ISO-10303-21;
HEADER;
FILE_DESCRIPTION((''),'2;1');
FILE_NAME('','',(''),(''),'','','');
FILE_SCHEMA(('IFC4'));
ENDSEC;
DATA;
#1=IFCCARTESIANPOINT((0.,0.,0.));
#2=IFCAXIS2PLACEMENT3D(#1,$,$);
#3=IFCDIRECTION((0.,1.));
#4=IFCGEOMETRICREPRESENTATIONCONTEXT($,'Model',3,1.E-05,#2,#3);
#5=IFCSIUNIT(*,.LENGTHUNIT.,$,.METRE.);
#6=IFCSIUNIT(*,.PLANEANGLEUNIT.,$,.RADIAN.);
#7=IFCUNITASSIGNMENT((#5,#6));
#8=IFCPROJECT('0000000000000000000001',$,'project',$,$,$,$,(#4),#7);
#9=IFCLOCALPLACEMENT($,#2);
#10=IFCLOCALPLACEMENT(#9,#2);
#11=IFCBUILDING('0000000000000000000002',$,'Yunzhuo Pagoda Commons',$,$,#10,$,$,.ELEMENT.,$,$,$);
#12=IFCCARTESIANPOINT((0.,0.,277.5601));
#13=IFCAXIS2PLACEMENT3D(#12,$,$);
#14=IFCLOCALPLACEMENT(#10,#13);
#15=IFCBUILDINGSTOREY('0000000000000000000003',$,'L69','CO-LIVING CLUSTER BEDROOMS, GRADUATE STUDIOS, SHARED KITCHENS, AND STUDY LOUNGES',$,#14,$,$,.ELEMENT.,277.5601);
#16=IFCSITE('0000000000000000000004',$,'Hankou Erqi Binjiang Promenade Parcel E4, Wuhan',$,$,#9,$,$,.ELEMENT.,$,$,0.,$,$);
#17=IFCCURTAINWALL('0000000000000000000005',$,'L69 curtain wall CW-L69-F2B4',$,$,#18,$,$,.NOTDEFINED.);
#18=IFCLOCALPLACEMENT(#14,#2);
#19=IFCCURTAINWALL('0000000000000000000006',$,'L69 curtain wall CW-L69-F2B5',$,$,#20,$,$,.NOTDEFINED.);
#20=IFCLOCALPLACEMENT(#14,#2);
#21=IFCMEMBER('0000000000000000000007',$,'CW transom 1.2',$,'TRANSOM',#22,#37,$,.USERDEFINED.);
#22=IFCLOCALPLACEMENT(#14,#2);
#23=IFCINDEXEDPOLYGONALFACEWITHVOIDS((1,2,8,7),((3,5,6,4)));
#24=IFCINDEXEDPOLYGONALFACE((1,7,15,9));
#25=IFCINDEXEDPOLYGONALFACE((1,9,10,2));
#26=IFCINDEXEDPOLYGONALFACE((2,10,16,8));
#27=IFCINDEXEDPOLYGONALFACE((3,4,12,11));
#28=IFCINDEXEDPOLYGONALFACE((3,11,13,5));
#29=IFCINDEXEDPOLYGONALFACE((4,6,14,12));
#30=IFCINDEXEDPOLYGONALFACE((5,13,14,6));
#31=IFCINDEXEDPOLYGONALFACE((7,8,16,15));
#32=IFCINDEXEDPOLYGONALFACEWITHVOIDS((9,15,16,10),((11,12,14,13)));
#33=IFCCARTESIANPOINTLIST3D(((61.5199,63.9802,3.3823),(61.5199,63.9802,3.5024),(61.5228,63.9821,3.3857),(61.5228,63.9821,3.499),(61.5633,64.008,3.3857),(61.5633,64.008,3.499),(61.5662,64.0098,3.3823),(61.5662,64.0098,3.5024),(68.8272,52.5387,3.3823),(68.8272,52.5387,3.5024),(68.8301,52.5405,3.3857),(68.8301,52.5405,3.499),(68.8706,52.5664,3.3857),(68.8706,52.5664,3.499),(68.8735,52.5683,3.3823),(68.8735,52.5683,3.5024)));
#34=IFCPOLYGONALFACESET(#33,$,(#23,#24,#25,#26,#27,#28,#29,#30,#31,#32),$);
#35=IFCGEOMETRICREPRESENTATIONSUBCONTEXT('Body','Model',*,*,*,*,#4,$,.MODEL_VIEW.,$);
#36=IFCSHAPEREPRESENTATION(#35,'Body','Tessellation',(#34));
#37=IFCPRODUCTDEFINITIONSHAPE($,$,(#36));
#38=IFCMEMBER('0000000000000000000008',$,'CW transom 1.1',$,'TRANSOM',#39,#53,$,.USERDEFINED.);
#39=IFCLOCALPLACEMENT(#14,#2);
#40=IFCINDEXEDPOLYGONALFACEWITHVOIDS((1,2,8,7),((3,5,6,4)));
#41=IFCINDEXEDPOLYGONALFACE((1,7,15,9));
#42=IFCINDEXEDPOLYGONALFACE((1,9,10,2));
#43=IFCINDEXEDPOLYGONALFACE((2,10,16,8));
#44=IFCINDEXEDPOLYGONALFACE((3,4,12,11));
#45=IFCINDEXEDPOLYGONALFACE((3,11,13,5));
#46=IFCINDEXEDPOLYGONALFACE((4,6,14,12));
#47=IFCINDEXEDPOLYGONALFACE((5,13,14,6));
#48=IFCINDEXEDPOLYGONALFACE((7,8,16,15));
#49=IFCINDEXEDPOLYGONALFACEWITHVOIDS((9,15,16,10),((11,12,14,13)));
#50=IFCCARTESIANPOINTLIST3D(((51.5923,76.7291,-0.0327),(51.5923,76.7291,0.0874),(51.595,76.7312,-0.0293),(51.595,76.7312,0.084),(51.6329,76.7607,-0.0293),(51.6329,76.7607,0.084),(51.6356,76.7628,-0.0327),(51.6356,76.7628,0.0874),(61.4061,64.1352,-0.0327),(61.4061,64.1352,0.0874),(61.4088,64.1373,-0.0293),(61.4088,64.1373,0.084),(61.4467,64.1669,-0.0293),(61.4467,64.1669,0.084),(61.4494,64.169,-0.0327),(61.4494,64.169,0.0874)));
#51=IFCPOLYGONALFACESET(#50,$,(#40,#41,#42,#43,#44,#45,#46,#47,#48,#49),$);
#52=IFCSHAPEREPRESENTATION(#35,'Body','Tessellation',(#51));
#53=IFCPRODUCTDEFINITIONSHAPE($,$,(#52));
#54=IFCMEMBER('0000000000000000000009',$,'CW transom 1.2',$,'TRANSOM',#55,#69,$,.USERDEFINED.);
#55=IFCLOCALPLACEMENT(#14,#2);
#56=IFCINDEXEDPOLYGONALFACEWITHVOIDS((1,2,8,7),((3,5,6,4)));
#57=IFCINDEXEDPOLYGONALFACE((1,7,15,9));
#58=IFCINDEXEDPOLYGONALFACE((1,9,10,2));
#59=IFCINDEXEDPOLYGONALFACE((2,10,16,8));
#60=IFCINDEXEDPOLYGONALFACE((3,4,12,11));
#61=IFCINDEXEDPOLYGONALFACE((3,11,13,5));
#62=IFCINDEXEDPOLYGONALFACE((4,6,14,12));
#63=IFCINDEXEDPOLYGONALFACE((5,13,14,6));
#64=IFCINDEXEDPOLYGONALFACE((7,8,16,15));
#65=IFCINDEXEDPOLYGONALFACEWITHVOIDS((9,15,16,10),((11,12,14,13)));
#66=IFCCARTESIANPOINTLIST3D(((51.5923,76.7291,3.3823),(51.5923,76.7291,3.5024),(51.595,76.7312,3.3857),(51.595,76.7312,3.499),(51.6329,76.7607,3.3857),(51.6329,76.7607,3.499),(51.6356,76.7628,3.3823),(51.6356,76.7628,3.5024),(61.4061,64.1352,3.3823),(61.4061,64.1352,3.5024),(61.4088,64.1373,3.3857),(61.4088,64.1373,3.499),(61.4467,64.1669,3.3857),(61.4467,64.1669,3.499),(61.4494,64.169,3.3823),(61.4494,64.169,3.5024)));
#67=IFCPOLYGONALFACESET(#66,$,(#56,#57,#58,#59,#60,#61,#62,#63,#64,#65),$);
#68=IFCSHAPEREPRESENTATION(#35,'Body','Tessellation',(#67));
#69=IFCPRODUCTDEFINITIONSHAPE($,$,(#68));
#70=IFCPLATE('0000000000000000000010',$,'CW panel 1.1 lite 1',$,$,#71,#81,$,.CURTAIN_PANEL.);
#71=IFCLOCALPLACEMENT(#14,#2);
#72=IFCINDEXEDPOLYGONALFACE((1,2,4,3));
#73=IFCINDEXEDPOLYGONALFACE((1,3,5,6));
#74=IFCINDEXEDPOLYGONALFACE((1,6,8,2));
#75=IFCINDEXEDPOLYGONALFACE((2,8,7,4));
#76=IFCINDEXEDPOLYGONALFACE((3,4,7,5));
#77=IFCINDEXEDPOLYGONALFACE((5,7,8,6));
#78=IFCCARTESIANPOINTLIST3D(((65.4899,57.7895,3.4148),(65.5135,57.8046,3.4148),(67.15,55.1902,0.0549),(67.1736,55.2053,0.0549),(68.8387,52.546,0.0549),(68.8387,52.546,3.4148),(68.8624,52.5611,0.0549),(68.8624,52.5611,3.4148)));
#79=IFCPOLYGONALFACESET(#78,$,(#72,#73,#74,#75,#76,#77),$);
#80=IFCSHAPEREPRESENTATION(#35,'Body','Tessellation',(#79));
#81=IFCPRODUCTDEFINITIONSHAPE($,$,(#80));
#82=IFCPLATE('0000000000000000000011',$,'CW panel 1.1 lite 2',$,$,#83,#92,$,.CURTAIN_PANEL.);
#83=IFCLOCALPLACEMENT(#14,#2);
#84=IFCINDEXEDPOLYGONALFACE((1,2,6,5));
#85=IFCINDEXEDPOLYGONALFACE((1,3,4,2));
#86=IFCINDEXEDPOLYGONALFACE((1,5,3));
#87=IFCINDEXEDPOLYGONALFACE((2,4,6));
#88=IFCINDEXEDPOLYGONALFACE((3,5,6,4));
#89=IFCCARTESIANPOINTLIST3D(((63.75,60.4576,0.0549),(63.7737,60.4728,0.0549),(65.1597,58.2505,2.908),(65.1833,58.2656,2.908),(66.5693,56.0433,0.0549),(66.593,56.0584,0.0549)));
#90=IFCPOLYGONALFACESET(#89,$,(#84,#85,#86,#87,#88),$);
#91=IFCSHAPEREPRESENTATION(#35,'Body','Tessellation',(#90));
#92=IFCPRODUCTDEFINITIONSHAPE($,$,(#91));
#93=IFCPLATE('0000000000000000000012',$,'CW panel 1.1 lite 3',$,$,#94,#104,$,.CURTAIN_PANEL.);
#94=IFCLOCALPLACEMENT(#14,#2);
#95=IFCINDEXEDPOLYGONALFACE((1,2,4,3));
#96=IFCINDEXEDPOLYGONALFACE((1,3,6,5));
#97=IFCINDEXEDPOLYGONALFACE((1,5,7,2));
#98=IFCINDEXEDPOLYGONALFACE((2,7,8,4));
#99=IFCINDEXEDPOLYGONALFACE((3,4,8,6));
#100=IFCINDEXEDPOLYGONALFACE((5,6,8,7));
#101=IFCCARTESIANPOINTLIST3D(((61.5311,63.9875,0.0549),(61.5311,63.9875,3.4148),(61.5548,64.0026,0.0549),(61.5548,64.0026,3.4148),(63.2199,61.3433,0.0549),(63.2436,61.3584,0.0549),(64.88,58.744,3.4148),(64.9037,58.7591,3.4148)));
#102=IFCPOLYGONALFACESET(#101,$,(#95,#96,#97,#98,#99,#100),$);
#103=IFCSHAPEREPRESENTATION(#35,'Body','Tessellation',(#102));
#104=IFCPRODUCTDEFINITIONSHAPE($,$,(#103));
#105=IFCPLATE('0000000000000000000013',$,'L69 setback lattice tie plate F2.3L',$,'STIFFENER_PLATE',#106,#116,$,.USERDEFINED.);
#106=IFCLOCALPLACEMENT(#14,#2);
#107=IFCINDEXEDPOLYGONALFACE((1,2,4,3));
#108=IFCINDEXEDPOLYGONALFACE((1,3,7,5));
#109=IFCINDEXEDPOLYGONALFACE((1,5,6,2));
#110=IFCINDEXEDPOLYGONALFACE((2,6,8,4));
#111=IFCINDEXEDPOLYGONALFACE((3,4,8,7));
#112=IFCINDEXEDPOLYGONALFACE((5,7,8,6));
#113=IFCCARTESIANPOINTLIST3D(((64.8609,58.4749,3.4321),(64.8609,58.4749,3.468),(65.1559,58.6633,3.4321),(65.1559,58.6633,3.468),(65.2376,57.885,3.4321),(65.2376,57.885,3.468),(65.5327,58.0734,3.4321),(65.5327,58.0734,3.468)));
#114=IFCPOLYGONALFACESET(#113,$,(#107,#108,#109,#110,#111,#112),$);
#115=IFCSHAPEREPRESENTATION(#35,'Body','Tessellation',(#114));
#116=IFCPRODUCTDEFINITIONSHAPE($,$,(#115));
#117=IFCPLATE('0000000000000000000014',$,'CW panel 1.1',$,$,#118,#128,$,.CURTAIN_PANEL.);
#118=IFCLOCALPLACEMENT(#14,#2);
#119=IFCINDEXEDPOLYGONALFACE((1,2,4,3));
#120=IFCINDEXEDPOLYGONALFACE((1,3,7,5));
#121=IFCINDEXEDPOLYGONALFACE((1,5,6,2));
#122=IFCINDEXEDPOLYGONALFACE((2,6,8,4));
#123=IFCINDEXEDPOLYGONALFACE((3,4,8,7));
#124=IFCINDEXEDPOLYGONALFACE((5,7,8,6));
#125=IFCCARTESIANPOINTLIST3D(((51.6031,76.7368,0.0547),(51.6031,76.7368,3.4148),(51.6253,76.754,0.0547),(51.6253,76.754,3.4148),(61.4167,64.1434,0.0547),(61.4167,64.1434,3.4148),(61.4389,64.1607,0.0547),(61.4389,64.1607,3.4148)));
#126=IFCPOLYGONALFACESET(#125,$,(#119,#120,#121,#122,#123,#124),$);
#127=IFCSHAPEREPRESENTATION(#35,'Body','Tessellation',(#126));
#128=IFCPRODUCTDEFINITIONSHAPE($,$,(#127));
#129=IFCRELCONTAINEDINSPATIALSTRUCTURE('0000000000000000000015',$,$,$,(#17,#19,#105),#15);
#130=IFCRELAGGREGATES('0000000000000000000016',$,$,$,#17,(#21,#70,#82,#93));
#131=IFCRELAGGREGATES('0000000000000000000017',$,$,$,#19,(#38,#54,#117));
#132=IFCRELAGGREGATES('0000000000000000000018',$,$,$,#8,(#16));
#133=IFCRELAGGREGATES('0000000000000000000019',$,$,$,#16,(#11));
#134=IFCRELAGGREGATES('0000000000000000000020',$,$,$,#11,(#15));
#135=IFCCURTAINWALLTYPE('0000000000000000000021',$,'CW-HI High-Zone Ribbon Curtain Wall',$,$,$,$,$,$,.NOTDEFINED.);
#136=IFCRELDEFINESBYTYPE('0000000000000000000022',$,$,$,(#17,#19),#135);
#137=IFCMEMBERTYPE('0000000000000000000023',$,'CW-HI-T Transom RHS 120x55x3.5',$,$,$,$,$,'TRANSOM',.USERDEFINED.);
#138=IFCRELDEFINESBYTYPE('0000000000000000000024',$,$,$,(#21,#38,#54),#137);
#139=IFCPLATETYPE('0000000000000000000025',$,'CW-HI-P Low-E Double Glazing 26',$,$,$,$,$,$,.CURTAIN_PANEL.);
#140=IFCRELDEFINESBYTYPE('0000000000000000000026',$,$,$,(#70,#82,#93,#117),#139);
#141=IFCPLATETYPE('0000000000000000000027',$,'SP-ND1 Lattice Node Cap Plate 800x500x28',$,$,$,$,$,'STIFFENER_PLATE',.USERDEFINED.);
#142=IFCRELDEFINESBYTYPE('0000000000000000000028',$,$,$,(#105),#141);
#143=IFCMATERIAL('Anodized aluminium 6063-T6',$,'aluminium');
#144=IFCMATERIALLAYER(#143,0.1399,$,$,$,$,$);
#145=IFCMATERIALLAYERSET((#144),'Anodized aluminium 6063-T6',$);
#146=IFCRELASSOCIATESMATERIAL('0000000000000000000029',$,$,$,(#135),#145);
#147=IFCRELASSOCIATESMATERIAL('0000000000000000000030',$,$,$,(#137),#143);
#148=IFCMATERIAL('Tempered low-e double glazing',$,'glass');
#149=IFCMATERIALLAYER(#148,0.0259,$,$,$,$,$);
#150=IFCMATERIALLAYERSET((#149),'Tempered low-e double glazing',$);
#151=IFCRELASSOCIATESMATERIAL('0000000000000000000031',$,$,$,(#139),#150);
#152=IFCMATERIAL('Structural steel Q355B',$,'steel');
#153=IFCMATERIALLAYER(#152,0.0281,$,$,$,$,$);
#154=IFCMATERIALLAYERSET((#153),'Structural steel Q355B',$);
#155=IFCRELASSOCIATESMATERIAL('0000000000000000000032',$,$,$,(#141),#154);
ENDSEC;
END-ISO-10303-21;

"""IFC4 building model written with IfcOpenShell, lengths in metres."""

from ifc_helpers import new_model, si_unit, direction, frame, origin, origin_2d, place, context, subcontext, project, spatial, polyline, rectangle, hollow_rectangle, outline, extrude, source, transform, mapped, material, layer, layer_set, material_profile, profile_set, type_object, element, aggregate, save


model = new_model("IFC4")

# Units and contexts
model_context = context("Model", 3, precision=1e-05, world=origin(), true_north=direction((0.0, 1.0)))
body_context = subcontext(model_context, "Body", "Model", "MODEL_VIEW")
ifc_project = project(units=[si_unit("LENGTHUNIT", "METRE"), si_unit("PLANEANGLEUNIT", "RADIAN")], contexts=[model_context])

# Site, building, storey
site_placement = place(None, origin())
site = spatial("IfcSite", under=ifc_project, at=site_placement, Name="Hankou Erqi Binjiang Promenade Parcel E4, Wuhan", CompositionType="ELEMENT", RefElevation=0.0)
building_placement = place(site_placement, origin())
building = spatial("IfcBuilding", under=site, at=building_placement, Name="Yunzhuo Pagoda Commons", CompositionType="ELEMENT")
storey_placement = place(building_placement, frame((0.0, 0.0, 277.5601)))
storey = spatial("IfcBuildingStorey", under=building, at=storey_placement, Name="L69", Description="CO-LIVING CLUSTER BEDROOMS, GRADUATE STUDIOS, SHARED KITCHENS, AND STUDY LOUNGES", CompositionType="ELEMENT", Elevation=277.5601)

# Shared definitions
ifc_material_1 = material(Name="Structural steel Q355B", Category="steel")

# Curtain wall
ifc_material_2 = material(Name="Anodized aluminium 6063-T6", Category="aluminium")
ifc_layer_1 = layer(ifc_material_2, 0.1399)
ifc_layer_set_1 = layer_set([ifc_layer_1], Name="Anodized aluminium 6063-T6")
curtain_wall_type = type_object("IfcCurtainWallType", Name="CW-HI High-Zone Ribbon Curtain Wall", PredefinedType="NOTDEFINED", material=ifc_layer_set_1)
curtain_wall_1_placement = place(storey_placement, origin())
curtain_wall_1 = element("IfcCurtainWall", 1, at=curtain_wall_1_placement, inside=storey, type_object=curtain_wall_type, Name="L69 curtain wall CW-L69-F2B4", PredefinedType="NOTDEFINED")

# Curtain wall
curtain_wall_2_placement = place(storey_placement, origin())
curtain_wall_2 = element("IfcCurtainWall", 2, at=curtain_wall_2_placement, inside=storey, type_object=curtain_wall_type, Name="L69 curtain wall CW-L69-F2B5", PredefinedType="NOTDEFINED")

# Members
ifc_material_profile_1 = material_profile(ifc_material_2, hollow_rectangle(XDim=0.0549, YDim=0.1201, WallThickness=0.0034, at=origin_2d()), Name="Anodized aluminium 6063-T6")
ifc_profile_set_1 = profile_set([ifc_material_profile_1], Name="Anodized aluminium 6063-T6")
member_type_1 = type_object("IfcMemberType", Name="CW-HI-T Transom RHS 120x55x3.5", ElementType="TRANSOM", PredefinedType="USERDEFINED", material=ifc_profile_set_1)
shared_shape_1 = source(origin(), body_context, "Body", "SweptSolid", [
    extrude(hollow_rectangle(XDim=0.0549, YDim=0.1201, WallThickness=0.0034, at=origin_2d()), origin(), (0.0, 0.0, 1.0), 13.5759),
])
member_1_placement = place(storey_placement, frame((68.8503, 52.5535, 3.4424), z_axis=(-0.538255, 0.842782, 0.0), x_axis=(-0.842782, -0.538255, 0.0)))
member_1 = element("IfcMember", 3, at=member_1_placement, type_object=member_type_1, Name="CW transom 1.2", ObjectType="TRANSOM", PredefinedType="USERDEFINED", context=body_context, shape_type="MappedRepresentation", body=[
    mapped(shared_shape_1, transform((0.0, 0.0, 0.0), scale=1.0)),
])
shared_shape_2 = source(origin(), body_context, "Body", "SweptSolid", [
    extrude(hollow_rectangle(XDim=0.0549, YDim=0.1201, WallThickness=0.0034, at=origin_2d()), origin(), (0.0, 0.0, 1.0), 15.9661),
])
member_2_placement = place(storey_placement, frame((61.4277, 64.1521, 0.0273), z_axis=(-0.614666, 0.788788, 0.0), x_axis=(-0.788788, -0.614666, 0.0)))
member_2 = element("IfcMember", 4, at=member_2_placement, type_object=member_type_1, Name="CW transom 1.1", ObjectType="TRANSOM", PredefinedType="USERDEFINED", context=body_context, shape_type="MappedRepresentation", body=[
    mapped(shared_shape_2, transform((0.0, 0.0, 0.0), scale=1.0)),
])
member_3_placement = place(storey_placement, frame((61.4277, 64.1521, 3.4424), z_axis=(-0.614666, 0.788788, 0.0), x_axis=(-0.788788, -0.614666, 0.0)))
member_3 = element("IfcMember", 5, at=member_3_placement, type_object=member_type_1, Name="CW transom 1.2", ObjectType="TRANSOM", PredefinedType="USERDEFINED", context=body_context, shape_type="MappedRepresentation", body=[
    mapped(shared_shape_2, transform((0.0, 0.0, 0.0), scale=1.0)),
])

# Plates
ifc_material_3 = material(Name="Tempered low-e double glazing", Category="glass")
ifc_layer_2 = layer(ifc_material_3, 0.0259)
ifc_layer_set_2 = layer_set([ifc_layer_2], Name="Tempered low-e double glazing")
plate_type_1 = type_object("IfcPlateType", Name="CW-HI-P Low-E Double Glazing 26", PredefinedType="CURTAIN_PANEL", material=ifc_layer_set_2)
plate_1_placement = place(storey_placement, frame((67.1643, 55.1677, 1.7349), z_axis=(0.842779, 0.53826, 0.0), x_axis=(-0.53826, 0.842779, 0.0)))
plate_1 = element("IfcPlate", 6, at=plate_1_placement, type_object=plate_type_1, Name="CW panel 1.1 lite 1", PredefinedType="CURTAIN_PANEL", context=body_context, shape_type="SweptSolid", body=[
    extrude(outline(polyline([(-3.1108, -1.6799), (0.0266, -1.6799), (3.1108, 1.6799), (-3.1108, 1.6799), (-3.1108, -1.6799)])), origin(), (0.0, 0.0, 1.0), 0.0281),
])
plate_2_placement = place(storey_placement, frame((65.1597, 58.2505, 1.4814), z_axis=(0.842779, 0.53826, 0.0), x_axis=(-0.53826, 0.842779, 0.0)))
plate_2 = element("IfcPlate", 7, at=plate_2_placement, type_object=plate_type_1, Name="CW panel 1.1 lite 2", PredefinedType="CURTAIN_PANEL", context=body_context, shape_type="SweptSolid", body=[
    extrude(outline(polyline([(-2.6189, -1.4265), (2.6189, -1.4265), (0.0, 1.4265), (-2.6189, -1.4265)])), origin(), (0.0, 0.0, 1.0), 0.0281),
])
plate_3_placement = place(storey_placement, frame((63.2056, 61.3657, 1.7349), z_axis=(0.842779, 0.53826, 0.0), x_axis=(-0.53826, 0.842779, 0.0)))
plate_3 = element("IfcPlate", 8, at=plate_3_placement, type_object=plate_type_1, Name="CW panel 1.1 lite 3", PredefinedType="CURTAIN_PANEL", context=body_context, shape_type="SweptSolid", body=[
    extrude(outline(polyline([(-3.1108, 1.6799), (-0.0266, -1.6799), (3.1108, -1.6799), (3.1108, 1.6799), (-3.1108, 1.6799)])), origin(), (0.0, 0.0, 1.0), 0.0281),
])
aggregate(curtain_wall_1, [member_1, plate_1, plate_2, plate_3])
ifc_layer_3 = layer(ifc_material_1, 0.0281)
ifc_layer_set_3 = layer_set([ifc_layer_3], Name="Structural steel Q355B")
plate_type_2 = type_object("IfcPlateType", Name="SP-ND1 Lattice Node Cap Plate 800x500x28", ElementType="STIFFENER_PLATE", PredefinedType="USERDEFINED", material=ifc_layer_set_3)
shared_shape_3 = source(origin(), body_context, "Body", "SweptSolid", [
    extrude(rectangle(XDim=0.7, YDim=0.3501, at=origin_2d()), origin(), (0.0, 0.0, 1.0), 0.0359),
])
plate_4_placement = place(storey_placement, frame((65.1968, 58.2742, 3.4321), z_axis=(0.0, 0.0, 1.0), x_axis=(-0.538256, 0.842781, 0.0)))
element("IfcPlate", 9, at=plate_4_placement, inside=storey, type_object=plate_type_2, Name="L69 setback lattice tie plate F2.3L", ObjectType="STIFFENER_PLATE", PredefinedType="USERDEFINED", context=body_context, shape_type="MappedRepresentation", body=[
    mapped(shared_shape_3, transform((0.0, 0.0, 0.0), scale=1.0)),
])
shared_shape_4 = source(origin(), body_context, "Body", "SweptSolid", [
    extrude(rectangle(XDim=15.9656, YDim=0.0281, at=origin_2d()), origin(), (0.0, 0.0, 1.0), 3.3601),
])
plate_5_placement = place(storey_placement, frame((56.521, 70.4487, 0.0547), z_axis=(0.0, 0.0, 1.0), x_axis=(-0.614672, 0.788783, 0.0)))
plate_5 = element("IfcPlate", 10, at=plate_5_placement, type_object=plate_type_1, Name="CW panel 1.1", PredefinedType="CURTAIN_PANEL", context=body_context, shape_type="MappedRepresentation", body=[
    mapped(shared_shape_4, transform((0.0, 0.0, 0.0), scale=1.0)),
])
aggregate(curtain_wall_2, [member_2, member_3, plate_5])

save(model, "model.ifc")
